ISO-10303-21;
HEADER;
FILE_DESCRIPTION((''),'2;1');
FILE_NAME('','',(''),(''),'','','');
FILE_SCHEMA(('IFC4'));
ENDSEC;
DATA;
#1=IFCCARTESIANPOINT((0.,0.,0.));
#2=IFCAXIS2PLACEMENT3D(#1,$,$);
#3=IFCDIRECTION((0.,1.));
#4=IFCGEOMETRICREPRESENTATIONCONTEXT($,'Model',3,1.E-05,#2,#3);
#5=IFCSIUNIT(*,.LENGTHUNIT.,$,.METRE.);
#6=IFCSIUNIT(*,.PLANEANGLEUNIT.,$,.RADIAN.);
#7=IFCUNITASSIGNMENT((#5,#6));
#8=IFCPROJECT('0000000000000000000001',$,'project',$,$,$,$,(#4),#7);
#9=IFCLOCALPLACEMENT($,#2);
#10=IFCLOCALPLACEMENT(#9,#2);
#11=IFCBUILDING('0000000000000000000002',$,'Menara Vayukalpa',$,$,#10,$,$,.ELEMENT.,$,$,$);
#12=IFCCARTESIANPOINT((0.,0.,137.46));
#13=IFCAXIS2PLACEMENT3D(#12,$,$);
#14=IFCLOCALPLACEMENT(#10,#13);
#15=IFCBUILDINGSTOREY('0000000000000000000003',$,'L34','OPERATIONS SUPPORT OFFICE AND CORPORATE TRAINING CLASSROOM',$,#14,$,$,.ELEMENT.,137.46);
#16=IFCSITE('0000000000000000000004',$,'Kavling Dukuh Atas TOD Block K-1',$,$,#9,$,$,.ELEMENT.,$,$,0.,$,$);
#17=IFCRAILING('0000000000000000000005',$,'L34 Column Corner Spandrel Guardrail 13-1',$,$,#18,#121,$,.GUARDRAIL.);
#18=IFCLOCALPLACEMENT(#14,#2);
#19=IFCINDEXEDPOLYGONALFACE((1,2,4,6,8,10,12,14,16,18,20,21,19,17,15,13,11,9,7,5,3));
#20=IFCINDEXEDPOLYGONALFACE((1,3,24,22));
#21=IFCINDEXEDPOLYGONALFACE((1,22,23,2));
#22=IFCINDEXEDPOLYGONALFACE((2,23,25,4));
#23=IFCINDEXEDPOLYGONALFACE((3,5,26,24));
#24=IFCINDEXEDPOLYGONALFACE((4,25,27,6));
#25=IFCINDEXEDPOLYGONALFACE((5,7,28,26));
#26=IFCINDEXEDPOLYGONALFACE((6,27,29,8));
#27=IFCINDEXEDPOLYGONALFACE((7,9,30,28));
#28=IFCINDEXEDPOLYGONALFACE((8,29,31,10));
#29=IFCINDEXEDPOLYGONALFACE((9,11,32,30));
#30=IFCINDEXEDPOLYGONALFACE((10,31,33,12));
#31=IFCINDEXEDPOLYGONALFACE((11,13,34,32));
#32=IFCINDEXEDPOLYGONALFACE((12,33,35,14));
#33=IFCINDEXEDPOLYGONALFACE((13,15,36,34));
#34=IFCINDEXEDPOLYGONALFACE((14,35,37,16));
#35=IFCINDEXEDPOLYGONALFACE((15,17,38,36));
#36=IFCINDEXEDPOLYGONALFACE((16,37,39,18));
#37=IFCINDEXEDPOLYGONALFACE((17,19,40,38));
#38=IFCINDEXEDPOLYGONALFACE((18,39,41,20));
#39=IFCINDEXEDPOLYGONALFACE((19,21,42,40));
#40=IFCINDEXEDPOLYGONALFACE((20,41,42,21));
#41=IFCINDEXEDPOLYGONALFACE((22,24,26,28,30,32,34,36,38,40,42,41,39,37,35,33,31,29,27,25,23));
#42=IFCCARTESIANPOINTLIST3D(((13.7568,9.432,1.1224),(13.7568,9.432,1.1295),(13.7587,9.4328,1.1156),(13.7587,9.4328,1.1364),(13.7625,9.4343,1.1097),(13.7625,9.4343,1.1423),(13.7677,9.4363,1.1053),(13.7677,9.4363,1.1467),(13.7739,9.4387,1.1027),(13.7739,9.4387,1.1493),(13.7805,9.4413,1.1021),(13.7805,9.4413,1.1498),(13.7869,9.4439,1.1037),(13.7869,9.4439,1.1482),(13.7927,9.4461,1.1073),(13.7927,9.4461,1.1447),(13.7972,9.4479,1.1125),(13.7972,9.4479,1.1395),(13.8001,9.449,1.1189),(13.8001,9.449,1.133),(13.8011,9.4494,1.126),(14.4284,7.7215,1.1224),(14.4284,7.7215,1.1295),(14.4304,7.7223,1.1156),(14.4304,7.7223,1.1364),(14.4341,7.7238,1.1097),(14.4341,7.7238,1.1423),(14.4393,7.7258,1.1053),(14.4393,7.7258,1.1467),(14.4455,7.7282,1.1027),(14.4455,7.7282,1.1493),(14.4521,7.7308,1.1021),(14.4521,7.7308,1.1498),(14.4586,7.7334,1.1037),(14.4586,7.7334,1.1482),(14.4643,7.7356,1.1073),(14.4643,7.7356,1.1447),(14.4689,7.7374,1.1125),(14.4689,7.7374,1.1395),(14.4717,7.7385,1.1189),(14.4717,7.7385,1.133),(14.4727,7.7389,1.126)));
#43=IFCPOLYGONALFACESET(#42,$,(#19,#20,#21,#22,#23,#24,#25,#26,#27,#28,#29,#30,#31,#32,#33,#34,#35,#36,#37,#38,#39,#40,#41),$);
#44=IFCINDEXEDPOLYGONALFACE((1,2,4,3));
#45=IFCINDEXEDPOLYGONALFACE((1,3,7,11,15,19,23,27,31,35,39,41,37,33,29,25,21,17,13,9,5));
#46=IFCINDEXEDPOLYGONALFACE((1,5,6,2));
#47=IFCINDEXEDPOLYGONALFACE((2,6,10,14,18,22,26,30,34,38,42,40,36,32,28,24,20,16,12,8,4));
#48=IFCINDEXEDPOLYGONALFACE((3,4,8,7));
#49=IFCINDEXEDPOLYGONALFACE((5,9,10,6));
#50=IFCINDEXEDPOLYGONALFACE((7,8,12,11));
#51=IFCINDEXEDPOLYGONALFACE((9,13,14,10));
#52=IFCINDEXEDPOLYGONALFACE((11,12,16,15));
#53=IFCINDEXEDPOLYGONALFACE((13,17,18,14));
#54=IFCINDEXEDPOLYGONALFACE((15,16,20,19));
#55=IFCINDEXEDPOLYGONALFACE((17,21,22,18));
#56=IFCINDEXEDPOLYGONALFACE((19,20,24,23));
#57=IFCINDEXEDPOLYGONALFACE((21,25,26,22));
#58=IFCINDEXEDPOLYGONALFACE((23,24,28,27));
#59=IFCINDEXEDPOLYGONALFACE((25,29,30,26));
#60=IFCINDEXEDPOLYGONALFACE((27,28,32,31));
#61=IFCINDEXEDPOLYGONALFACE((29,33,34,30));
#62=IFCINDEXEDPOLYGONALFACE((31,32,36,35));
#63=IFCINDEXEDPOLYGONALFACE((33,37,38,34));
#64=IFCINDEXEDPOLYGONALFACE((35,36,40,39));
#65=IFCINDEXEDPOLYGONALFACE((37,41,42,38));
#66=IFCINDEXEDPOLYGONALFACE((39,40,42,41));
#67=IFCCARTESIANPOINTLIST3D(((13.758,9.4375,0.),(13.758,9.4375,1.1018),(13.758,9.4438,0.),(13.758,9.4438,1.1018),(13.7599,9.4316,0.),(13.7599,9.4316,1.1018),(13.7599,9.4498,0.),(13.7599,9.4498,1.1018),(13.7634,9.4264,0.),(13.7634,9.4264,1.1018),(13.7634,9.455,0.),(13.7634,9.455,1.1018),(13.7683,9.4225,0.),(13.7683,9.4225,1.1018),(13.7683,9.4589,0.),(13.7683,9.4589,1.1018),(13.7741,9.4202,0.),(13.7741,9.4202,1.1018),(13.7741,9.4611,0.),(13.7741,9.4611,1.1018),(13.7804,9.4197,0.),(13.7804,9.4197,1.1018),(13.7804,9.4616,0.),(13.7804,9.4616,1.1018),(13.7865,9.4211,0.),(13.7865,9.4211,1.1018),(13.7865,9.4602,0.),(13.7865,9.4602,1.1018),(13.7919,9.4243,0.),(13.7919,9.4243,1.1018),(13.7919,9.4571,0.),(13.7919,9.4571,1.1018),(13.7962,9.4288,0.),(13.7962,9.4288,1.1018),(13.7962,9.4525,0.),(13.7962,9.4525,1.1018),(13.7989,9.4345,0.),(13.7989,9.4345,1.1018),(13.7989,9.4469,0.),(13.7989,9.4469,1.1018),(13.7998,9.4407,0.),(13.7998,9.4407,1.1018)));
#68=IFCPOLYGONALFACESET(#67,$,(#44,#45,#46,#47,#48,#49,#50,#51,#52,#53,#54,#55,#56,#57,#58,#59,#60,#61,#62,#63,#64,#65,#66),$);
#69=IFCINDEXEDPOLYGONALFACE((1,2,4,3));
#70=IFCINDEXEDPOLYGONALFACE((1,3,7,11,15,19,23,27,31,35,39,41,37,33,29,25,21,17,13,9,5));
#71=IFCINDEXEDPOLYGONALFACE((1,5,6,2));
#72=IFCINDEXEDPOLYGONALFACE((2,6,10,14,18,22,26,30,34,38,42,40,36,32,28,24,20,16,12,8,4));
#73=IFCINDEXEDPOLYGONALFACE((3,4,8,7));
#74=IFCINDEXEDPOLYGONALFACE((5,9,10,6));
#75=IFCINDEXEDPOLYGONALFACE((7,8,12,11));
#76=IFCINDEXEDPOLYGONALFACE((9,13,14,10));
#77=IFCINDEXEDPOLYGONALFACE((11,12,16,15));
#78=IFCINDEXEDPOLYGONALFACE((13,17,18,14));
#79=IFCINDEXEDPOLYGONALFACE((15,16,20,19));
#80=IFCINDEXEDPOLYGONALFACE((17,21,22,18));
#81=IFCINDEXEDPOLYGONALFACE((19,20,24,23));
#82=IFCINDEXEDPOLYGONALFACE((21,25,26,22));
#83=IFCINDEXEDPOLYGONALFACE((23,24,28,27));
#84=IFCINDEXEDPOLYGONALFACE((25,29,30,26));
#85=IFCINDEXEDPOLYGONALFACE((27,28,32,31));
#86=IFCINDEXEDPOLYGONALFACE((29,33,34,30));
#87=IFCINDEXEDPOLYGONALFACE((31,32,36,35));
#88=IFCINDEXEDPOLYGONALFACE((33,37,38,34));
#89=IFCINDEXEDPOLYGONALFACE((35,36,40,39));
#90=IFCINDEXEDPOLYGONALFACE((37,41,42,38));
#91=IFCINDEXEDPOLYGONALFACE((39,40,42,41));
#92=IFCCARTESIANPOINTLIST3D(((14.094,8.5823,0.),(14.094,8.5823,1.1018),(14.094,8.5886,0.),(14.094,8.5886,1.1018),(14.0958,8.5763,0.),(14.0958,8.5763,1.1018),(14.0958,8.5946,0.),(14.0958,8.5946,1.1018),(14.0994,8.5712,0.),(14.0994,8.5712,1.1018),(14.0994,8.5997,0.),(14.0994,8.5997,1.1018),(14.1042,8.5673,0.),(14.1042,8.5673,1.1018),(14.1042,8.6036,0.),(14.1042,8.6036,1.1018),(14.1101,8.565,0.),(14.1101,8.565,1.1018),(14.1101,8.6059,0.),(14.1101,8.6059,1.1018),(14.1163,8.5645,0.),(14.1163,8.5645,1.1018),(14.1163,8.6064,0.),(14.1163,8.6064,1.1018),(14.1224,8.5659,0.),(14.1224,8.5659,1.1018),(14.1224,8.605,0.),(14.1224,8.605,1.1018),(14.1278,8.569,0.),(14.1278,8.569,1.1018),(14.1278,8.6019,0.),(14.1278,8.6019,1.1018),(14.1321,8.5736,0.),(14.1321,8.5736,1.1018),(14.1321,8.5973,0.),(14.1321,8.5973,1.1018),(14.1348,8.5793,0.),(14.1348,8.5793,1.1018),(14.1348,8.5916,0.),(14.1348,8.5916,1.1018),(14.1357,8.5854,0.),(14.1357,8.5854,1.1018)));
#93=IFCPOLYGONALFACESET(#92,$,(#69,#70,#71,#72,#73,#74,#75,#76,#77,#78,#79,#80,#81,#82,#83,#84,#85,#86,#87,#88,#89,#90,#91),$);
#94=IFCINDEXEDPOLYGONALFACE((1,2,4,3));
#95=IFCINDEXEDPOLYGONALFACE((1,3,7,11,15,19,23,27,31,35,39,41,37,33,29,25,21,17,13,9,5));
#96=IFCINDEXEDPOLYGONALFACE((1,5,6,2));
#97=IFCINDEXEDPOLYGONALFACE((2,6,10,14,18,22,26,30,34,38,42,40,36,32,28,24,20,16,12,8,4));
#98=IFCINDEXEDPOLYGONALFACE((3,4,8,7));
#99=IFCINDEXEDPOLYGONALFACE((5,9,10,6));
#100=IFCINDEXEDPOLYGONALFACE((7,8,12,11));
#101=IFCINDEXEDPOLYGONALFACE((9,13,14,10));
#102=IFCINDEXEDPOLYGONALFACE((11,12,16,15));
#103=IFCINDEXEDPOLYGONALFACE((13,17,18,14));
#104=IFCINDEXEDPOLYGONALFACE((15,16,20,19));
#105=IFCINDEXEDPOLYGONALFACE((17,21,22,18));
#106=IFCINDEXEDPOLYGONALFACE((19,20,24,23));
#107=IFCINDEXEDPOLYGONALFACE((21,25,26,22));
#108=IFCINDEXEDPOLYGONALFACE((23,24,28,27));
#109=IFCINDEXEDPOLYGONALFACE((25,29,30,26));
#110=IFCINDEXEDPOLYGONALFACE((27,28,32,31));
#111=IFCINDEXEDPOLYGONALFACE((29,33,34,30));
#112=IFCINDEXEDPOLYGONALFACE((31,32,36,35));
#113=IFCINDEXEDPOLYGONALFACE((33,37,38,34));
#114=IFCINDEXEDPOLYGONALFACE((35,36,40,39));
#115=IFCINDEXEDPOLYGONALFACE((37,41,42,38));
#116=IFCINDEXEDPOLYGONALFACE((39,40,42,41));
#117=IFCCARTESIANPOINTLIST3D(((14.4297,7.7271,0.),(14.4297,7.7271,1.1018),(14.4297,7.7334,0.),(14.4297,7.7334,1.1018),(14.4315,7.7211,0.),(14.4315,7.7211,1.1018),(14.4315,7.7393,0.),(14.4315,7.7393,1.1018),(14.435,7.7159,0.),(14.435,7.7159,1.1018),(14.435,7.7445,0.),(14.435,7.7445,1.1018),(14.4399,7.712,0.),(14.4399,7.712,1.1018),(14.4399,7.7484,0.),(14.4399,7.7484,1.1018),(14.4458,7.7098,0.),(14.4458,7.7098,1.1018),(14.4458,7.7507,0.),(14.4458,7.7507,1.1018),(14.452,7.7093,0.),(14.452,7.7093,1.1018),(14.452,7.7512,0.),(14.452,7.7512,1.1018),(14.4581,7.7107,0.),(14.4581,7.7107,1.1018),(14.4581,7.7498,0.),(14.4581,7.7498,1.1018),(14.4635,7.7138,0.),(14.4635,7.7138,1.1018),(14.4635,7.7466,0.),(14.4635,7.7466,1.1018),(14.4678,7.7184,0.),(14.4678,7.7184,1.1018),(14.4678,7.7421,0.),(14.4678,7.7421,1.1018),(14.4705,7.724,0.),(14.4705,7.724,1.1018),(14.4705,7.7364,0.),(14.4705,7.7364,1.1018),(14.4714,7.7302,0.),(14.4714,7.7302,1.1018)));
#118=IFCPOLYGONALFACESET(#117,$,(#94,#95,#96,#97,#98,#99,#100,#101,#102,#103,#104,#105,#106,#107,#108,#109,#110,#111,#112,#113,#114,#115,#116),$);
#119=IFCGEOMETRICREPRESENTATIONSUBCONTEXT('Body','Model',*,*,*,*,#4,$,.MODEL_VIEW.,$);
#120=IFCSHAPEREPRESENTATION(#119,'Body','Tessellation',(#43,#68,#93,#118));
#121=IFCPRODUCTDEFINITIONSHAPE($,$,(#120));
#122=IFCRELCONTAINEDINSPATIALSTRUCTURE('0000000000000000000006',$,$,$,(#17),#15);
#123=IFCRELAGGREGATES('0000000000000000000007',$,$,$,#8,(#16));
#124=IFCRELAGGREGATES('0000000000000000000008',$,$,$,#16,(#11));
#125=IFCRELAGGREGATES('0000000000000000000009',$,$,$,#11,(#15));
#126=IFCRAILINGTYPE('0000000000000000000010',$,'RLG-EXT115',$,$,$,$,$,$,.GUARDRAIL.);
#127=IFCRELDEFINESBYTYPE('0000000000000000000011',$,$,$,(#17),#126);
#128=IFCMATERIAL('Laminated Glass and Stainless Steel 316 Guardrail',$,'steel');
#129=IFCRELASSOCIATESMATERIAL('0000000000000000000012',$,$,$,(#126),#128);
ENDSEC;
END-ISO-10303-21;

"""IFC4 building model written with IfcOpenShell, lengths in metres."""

from ifc_helpers import new_model, si_unit, direction, frame, origin, origin_2d, place, context, subcontext, project, spatial, circle, extrude, material, type_object, element, save


model = new_model("IFC4")

# Units and contexts
model_context = context("Model", 3, precision=1e-05, world=origin(), true_north=direction((0.0, 1.0)))
body_context = subcontext(model_context, "Body", "Model", "MODEL_VIEW")
ifc_project = project(units=[si_unit("LENGTHUNIT", "METRE"), si_unit("PLANEANGLEUNIT", "RADIAN")], contexts=[model_context])

# Site, building, storey
site_placement = place(None, origin())
site = spatial("IfcSite", under=ifc_project, at=site_placement, Name="Kavling Dukuh Atas TOD Block K-1", CompositionType="ELEMENT", RefElevation=0.0)
building_placement = place(site_placement, origin())
building = spatial("IfcBuilding", under=site, at=building_placement, Name="Menara Vayukalpa", CompositionType="ELEMENT")
storey_placement = place(building_placement, frame((0.0, 0.0, 137.46)))
storey = spatial("IfcBuildingStorey", under=building, at=storey_placement, Name="L34", Description="OPERATIONS SUPPORT OFFICE AND CORPORATE TRAINING CLASSROOM", CompositionType="ELEMENT", Elevation=137.46)

# Railing
ifc_material_1 = material(Name="Laminated Glass and Stainless Steel 316 Guardrail", Category="steel")
railing_type = type_object("IfcRailingType", Name="RLG-EXT115", PredefinedType="GUARDRAIL", material=ifc_material_1)
railing_1_placement = place(storey_placement, frame((13.7788, 9.4407, 0.0)))
element("IfcRailing", 1, at=railing_1_placement, inside=storey, type_object=railing_type, Name="L34 Column Corner Spandrel Guardrail 13-1", PredefinedType="GUARDRAIL", context=body_context, shape_type="SweptSolid", body=[
    extrude(circle(Radius=0.0239, at=origin_2d()), frame((0.0, 0.0, 1.126), z_axis=(0.365496, -0.930813, 0.0), x_axis=(0.930813, 0.365496, 0.0)), (0.0, 0.0, 1.0), 1.8376),
    extrude(circle(Radius=0.021, at=origin_2d()), origin(), (0.0, 0.0, 1.0), 1.1018),
    extrude(circle(Radius=0.021, at=origin_2d()), frame((0.3359, -0.8552, 0.0)), (0.0, 0.0, 1.0), 1.1018),
    extrude(circle(Radius=0.021, at=origin_2d()), frame((0.6716, -1.7104, 0.0)), (0.0, 0.0, 1.0), 1.1018),
])

save(model, "model.ifc")
